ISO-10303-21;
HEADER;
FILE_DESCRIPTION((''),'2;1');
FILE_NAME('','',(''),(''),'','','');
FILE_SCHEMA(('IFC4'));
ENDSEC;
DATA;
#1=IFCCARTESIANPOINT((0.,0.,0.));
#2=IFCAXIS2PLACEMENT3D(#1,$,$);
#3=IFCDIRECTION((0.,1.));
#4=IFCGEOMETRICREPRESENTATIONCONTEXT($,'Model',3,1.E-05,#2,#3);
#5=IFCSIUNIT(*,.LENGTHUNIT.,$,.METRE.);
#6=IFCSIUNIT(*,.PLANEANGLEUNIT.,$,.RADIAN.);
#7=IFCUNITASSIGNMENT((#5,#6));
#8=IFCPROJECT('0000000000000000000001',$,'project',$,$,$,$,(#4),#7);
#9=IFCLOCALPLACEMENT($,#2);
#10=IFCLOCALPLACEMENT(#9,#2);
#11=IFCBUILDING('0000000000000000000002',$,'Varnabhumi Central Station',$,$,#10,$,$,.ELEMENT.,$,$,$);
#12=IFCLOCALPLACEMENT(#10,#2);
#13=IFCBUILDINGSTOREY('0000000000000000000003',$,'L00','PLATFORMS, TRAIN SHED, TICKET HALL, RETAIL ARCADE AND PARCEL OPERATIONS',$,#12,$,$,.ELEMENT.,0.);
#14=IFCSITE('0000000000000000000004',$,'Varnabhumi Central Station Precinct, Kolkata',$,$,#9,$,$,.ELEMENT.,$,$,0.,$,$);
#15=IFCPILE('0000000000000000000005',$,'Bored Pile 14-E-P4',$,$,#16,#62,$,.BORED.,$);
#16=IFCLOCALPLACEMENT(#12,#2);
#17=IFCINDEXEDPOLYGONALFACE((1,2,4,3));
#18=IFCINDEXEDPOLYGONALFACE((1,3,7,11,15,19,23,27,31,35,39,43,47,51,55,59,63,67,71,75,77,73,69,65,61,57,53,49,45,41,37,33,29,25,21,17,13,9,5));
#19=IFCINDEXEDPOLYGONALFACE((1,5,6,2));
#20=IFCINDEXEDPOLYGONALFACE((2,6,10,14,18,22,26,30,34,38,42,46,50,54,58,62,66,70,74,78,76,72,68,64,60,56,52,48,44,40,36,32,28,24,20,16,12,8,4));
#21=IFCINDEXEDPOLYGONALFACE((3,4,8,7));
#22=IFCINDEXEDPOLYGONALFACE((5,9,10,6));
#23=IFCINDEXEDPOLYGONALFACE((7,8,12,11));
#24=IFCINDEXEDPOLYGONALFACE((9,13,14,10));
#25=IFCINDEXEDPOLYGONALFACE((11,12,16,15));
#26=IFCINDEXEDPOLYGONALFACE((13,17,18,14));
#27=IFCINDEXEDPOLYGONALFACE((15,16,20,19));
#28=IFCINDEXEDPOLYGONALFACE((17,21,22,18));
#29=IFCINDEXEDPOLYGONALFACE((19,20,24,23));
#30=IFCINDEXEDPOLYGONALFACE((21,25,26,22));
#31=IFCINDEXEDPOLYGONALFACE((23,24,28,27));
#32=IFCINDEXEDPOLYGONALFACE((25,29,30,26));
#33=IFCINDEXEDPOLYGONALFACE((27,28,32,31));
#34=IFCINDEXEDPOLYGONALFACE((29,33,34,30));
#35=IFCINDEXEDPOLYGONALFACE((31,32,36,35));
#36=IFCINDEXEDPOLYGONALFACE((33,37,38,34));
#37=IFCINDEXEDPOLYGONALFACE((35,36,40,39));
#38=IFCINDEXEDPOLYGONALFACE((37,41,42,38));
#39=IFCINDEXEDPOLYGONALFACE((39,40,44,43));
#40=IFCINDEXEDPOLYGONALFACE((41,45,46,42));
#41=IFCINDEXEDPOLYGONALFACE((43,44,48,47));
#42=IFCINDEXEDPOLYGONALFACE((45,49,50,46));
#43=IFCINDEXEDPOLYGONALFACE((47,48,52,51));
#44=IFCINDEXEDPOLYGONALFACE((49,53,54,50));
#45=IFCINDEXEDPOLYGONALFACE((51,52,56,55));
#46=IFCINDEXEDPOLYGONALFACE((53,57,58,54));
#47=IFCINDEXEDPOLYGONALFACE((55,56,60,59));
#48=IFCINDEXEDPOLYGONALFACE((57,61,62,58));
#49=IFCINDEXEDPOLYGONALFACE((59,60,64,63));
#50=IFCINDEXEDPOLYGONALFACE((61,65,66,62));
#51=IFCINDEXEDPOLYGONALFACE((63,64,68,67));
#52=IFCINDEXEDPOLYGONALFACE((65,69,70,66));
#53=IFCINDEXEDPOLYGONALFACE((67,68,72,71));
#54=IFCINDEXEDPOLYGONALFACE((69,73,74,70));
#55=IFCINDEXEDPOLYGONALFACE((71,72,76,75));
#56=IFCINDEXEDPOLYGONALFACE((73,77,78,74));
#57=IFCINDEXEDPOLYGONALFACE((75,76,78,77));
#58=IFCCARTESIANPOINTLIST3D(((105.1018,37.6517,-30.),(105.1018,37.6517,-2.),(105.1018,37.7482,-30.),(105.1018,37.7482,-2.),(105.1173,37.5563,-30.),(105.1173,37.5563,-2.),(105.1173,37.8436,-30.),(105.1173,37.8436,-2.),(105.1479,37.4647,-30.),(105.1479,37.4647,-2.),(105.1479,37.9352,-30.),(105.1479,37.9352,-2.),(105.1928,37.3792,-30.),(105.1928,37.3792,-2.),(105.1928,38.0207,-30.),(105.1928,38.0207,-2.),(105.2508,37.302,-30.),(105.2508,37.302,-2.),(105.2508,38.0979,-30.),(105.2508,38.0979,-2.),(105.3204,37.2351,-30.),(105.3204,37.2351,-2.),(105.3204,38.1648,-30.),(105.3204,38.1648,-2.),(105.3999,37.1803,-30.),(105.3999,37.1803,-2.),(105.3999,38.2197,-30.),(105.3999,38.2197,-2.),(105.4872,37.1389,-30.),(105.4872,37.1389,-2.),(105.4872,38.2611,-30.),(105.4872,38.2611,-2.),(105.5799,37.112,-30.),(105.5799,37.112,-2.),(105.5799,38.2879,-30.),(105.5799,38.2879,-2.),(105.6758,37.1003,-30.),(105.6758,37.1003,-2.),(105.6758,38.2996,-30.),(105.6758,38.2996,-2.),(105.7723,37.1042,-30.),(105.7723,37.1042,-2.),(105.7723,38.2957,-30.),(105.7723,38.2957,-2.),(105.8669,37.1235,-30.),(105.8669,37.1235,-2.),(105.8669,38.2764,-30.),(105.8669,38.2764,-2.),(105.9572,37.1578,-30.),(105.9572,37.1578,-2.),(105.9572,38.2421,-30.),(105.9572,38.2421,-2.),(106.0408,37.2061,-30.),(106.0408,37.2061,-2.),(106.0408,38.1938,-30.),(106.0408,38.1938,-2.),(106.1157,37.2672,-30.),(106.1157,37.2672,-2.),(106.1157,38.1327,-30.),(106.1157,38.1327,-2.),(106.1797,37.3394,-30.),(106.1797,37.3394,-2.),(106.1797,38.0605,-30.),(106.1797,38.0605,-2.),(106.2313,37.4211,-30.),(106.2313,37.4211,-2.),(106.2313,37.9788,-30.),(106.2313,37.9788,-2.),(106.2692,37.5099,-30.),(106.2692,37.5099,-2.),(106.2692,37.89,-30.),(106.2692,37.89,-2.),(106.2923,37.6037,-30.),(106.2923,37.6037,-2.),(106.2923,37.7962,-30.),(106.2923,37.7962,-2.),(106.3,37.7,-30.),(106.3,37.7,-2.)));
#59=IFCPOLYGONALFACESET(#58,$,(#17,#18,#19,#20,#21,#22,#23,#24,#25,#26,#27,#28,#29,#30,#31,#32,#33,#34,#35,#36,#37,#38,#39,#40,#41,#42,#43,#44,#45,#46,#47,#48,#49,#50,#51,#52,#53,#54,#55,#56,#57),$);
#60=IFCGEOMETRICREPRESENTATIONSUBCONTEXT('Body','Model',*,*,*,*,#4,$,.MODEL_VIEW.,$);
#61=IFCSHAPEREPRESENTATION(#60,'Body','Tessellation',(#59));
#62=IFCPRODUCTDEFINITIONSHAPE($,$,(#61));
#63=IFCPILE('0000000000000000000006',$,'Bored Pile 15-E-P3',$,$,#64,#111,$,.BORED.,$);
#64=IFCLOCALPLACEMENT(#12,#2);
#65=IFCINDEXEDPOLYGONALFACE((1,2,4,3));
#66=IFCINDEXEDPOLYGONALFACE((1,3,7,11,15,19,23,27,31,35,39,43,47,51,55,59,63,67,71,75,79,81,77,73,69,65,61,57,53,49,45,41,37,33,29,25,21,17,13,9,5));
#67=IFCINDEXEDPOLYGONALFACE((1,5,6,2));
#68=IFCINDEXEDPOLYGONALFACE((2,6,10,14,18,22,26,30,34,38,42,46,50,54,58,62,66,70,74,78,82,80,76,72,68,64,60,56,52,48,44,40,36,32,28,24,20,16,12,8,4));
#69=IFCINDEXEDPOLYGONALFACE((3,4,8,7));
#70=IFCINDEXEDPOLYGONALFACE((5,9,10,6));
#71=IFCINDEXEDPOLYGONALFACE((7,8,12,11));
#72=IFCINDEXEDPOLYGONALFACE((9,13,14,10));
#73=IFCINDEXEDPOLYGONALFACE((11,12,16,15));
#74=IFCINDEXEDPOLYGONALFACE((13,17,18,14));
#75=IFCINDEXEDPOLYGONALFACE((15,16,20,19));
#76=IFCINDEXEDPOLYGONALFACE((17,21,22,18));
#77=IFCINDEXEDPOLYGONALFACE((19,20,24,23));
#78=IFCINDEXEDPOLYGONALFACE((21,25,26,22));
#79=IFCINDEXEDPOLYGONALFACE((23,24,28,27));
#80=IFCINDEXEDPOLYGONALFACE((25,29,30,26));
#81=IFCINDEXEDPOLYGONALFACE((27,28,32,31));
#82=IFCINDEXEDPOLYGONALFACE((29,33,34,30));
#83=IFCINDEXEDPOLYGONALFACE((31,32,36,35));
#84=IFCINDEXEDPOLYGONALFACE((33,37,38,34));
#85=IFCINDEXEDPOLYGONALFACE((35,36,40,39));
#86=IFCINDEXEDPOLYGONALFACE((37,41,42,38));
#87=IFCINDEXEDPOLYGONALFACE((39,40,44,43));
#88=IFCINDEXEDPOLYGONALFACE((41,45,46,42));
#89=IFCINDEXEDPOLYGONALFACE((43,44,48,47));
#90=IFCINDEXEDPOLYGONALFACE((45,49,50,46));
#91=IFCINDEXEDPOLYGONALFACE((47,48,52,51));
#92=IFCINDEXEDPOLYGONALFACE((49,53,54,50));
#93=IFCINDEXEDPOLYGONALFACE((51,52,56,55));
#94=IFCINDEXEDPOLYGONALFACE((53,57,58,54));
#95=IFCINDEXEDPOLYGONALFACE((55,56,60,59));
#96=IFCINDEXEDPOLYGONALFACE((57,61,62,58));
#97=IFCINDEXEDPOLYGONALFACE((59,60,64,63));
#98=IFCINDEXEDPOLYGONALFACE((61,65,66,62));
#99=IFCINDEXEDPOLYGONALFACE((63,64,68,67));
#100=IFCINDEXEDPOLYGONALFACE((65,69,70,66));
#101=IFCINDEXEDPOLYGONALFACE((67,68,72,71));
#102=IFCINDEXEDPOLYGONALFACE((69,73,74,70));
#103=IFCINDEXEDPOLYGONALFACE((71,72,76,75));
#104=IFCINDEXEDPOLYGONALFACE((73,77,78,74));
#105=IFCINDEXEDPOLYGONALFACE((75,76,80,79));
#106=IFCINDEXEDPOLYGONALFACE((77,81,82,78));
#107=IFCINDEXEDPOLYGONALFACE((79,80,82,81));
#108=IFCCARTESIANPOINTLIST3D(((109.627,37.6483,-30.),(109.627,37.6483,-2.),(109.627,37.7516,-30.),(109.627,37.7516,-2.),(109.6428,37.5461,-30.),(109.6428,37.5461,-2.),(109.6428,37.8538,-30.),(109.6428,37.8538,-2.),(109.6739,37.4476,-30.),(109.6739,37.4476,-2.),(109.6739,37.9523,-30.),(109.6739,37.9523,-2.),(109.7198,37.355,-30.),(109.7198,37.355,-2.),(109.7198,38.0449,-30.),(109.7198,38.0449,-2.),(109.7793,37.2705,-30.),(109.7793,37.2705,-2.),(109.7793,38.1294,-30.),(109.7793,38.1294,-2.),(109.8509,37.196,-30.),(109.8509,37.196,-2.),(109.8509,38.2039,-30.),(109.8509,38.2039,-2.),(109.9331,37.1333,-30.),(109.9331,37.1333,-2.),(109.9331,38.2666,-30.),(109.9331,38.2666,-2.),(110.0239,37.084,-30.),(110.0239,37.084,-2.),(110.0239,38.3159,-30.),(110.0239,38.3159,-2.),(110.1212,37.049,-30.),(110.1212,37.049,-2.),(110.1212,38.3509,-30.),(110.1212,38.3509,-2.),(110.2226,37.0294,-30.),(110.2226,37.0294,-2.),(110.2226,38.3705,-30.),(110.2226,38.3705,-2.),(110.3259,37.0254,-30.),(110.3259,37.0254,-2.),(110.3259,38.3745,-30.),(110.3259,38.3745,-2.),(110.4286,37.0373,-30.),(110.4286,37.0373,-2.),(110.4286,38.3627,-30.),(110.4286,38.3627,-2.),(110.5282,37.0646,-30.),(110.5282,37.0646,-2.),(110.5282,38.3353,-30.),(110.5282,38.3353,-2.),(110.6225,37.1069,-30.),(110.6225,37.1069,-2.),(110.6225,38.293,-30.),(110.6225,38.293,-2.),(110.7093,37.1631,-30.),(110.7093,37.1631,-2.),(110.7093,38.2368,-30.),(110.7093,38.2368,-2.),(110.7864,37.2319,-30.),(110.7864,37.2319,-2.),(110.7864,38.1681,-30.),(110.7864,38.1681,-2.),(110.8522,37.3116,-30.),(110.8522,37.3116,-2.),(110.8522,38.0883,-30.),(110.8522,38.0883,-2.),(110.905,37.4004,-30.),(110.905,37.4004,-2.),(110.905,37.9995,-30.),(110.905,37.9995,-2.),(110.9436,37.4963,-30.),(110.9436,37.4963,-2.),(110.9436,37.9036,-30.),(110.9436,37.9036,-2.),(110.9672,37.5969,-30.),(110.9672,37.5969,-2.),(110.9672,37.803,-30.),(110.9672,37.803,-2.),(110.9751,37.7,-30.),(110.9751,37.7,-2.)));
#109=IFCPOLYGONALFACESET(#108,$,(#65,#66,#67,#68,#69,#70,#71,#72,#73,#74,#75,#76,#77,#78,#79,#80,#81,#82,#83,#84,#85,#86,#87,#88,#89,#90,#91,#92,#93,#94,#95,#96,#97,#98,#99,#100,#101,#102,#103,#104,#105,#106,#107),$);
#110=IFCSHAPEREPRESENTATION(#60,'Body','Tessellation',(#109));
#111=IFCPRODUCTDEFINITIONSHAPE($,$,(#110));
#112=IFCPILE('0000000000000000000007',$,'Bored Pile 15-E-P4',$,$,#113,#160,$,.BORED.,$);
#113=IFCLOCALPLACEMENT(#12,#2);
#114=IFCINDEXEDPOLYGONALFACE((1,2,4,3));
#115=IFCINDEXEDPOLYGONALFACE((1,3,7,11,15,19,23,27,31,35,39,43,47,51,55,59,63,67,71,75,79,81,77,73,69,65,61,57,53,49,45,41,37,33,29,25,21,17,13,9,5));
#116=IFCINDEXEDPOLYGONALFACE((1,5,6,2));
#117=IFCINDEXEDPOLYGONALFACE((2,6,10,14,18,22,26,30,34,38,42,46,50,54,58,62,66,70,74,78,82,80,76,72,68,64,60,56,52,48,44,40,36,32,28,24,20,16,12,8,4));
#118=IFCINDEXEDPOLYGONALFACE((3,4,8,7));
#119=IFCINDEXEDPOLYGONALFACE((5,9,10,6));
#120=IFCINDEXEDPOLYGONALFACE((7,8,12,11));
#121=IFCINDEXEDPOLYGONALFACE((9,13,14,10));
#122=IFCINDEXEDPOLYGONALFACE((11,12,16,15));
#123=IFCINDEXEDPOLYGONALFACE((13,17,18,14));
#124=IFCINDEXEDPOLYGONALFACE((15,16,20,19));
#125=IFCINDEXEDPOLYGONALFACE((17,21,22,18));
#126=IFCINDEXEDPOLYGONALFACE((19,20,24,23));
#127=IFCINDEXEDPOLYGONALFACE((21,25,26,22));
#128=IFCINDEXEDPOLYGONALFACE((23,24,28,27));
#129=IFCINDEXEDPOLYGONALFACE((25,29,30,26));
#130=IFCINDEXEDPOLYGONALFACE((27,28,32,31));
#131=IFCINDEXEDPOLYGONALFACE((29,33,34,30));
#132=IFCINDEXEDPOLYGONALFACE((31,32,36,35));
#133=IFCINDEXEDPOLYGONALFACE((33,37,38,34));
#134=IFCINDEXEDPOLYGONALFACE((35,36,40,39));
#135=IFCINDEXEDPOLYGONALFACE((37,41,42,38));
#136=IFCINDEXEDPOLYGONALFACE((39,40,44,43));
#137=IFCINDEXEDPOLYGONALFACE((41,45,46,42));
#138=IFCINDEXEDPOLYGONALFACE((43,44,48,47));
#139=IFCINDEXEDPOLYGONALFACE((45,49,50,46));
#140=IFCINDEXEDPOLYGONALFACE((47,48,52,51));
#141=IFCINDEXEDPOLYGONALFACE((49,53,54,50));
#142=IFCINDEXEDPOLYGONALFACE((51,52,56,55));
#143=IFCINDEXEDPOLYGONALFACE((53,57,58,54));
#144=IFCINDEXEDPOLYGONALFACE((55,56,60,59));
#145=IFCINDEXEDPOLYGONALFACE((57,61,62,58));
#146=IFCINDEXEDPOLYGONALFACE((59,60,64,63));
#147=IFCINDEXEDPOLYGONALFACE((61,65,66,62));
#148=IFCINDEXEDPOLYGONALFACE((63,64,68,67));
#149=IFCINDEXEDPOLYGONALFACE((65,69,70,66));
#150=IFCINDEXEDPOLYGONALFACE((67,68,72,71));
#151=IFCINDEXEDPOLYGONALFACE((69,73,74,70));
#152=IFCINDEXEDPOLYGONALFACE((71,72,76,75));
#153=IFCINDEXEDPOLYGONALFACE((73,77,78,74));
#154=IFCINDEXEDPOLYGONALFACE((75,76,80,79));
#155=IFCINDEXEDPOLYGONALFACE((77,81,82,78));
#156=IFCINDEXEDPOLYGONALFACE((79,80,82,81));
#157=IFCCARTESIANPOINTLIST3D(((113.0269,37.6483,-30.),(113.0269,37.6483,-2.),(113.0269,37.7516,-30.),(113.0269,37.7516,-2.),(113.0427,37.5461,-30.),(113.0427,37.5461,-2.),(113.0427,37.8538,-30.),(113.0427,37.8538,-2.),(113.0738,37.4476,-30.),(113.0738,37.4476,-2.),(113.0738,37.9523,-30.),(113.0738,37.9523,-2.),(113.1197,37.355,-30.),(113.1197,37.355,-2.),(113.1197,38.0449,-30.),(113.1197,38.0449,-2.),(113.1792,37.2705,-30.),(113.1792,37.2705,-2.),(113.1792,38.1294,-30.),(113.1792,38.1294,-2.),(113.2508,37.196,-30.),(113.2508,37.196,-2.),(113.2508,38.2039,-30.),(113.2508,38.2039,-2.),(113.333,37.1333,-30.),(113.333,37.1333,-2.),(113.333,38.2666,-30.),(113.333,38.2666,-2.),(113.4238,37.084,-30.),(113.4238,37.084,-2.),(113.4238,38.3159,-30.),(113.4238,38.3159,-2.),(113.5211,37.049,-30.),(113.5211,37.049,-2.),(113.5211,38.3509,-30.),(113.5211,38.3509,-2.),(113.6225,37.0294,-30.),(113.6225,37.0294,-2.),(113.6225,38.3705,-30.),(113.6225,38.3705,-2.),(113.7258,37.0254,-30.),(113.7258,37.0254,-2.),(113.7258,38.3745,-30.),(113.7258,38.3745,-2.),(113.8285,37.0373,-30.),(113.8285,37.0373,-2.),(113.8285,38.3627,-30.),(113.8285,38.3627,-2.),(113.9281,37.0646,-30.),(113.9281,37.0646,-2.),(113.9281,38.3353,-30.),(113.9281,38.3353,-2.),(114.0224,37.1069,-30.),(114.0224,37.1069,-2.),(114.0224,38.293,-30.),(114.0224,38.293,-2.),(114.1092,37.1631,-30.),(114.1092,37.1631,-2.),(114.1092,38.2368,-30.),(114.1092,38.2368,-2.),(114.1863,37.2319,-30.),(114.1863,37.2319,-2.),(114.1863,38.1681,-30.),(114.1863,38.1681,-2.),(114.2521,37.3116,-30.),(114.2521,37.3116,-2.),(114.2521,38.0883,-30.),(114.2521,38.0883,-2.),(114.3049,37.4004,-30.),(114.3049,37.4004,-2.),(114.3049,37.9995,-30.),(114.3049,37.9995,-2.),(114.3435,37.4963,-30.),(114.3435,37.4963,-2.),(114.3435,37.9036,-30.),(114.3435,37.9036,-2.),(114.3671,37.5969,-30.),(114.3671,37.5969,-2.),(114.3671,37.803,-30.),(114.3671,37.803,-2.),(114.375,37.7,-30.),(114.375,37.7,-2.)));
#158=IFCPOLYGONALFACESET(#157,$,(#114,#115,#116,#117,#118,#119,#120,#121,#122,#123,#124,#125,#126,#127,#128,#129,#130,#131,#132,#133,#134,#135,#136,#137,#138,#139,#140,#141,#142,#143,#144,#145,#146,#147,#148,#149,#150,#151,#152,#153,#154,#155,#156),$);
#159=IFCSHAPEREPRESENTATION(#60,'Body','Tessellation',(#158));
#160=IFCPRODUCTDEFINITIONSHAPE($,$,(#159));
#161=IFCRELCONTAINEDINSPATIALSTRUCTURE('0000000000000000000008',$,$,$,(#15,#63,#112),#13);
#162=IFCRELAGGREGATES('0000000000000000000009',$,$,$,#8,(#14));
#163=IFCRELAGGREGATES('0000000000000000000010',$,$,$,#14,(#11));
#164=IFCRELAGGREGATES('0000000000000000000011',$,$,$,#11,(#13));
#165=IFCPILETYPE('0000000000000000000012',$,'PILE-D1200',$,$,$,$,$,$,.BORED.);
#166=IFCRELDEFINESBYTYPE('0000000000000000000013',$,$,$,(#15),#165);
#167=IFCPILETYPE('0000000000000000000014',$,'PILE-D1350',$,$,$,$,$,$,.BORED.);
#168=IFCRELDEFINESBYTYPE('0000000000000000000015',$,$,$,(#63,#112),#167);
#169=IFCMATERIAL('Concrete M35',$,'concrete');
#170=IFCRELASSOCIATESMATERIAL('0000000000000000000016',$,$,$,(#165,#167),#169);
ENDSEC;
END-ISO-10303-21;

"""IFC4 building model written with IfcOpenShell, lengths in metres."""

from ifc_helpers import new_model, si_unit, direction, frame, origin, origin_2d, place, context, subcontext, project, spatial, circle, extrude, material, material_profile, profile_set, type_object, element, save


model = new_model("IFC4")

# Units and contexts
model_context = context("Model", 3, precision=1e-05, world=origin(), true_north=direction((0.0, 1.0)))
body_context = subcontext(model_context, "Body", "Model", "MODEL_VIEW")
ifc_project = project(units=[si_unit("LENGTHUNIT", "METRE"), si_unit("PLANEANGLEUNIT", "RADIAN")], contexts=[model_context])

# Site, building, storey
site_placement = place(None, origin())
site = spatial("IfcSite", under=ifc_project, at=site_placement, Name="Varnabhumi Central Station Precinct, Kolkata", CompositionType="ELEMENT", RefElevation=0.0)
building_placement = place(site_placement, origin())
building = spatial("IfcBuilding", under=site, at=building_placement, Name="Varnabhumi Central Station", CompositionType="ELEMENT")
storey_placement = place(building_placement, origin())
storey = spatial("IfcBuildingStorey", under=building, at=storey_placement, Name="L00", Description="PLATFORMS, TRAIN SHED, TICKET HALL, RETAIL ARCADE AND PARCEL OPERATIONS", CompositionType="ELEMENT", Elevation=0.0)

# Piles
ifc_material_1 = material(Name="Concrete M35", Category="concrete")
ifc_material_profile_1 = material_profile(ifc_material_1, circle(Radius=0.6001, at=origin_2d()), Name="Concrete M35", Category="concrete")
ifc_profile_set_1 = profile_set([ifc_material_profile_1], Name="Concrete M35")
pile_type_1 = type_object("IfcPileType", Name="PILE-D1200", PredefinedType="BORED", material=ifc_profile_set_1)
for number, where, z_axis, x_axis, name in (
    (1, (105.7, 37.7, -2.0), (0.0, 0.0, -1.0), (1.0, 0.0, 0.0), "Bored Pile 14-E-P4"),
):
    element("IfcPile", number, at=place(storey_placement, frame(where, z_axis=z_axis, x_axis=x_axis)), inside=storey, type_object=pile_type_1, Name=name, PredefinedType="BORED", context=body_context, shape_type="SweptSolid", body=[
        extrude(circle(Radius=0.6001, at=origin_2d()), origin(), (0.0, 0.0, 1.0), 28.0),
    ])
ifc_material_profile_2 = material_profile(ifc_material_1, circle(Radius=0.675, at=origin_2d()), Name="Concrete M35", Category="concrete")
ifc_profile_set_2 = profile_set([ifc_material_profile_2], Name="Concrete M35")
pile_type_2 = type_object("IfcPileType", Name="PILE-D1350", PredefinedType="BORED", material=ifc_profile_set_2)
for number, where, z_axis, x_axis, name in (
    (2, (110.3, 37.7, -2.0), (0.0, 0.0, -1.0), (1.0, 0.0, 0.0), "Bored Pile 15-E-P3"),
    (3, (113.7, 37.7, -2.0), (0.0, 0.0, -1.0), (1.0, 0.0, 0.0), "Bored Pile 15-E-P4"),
):
    element("IfcPile", number, at=place(storey_placement, frame(where, z_axis=z_axis, x_axis=x_axis)), inside=storey, type_object=pile_type_2, Name=name, PredefinedType="BORED", context=body_context, shape_type="SweptSolid", body=[
        extrude(circle(Radius=0.675, at=origin_2d()), origin(), (0.0, 0.0, 1.0), 28.0),
    ])

save(model, "model.ifc")
